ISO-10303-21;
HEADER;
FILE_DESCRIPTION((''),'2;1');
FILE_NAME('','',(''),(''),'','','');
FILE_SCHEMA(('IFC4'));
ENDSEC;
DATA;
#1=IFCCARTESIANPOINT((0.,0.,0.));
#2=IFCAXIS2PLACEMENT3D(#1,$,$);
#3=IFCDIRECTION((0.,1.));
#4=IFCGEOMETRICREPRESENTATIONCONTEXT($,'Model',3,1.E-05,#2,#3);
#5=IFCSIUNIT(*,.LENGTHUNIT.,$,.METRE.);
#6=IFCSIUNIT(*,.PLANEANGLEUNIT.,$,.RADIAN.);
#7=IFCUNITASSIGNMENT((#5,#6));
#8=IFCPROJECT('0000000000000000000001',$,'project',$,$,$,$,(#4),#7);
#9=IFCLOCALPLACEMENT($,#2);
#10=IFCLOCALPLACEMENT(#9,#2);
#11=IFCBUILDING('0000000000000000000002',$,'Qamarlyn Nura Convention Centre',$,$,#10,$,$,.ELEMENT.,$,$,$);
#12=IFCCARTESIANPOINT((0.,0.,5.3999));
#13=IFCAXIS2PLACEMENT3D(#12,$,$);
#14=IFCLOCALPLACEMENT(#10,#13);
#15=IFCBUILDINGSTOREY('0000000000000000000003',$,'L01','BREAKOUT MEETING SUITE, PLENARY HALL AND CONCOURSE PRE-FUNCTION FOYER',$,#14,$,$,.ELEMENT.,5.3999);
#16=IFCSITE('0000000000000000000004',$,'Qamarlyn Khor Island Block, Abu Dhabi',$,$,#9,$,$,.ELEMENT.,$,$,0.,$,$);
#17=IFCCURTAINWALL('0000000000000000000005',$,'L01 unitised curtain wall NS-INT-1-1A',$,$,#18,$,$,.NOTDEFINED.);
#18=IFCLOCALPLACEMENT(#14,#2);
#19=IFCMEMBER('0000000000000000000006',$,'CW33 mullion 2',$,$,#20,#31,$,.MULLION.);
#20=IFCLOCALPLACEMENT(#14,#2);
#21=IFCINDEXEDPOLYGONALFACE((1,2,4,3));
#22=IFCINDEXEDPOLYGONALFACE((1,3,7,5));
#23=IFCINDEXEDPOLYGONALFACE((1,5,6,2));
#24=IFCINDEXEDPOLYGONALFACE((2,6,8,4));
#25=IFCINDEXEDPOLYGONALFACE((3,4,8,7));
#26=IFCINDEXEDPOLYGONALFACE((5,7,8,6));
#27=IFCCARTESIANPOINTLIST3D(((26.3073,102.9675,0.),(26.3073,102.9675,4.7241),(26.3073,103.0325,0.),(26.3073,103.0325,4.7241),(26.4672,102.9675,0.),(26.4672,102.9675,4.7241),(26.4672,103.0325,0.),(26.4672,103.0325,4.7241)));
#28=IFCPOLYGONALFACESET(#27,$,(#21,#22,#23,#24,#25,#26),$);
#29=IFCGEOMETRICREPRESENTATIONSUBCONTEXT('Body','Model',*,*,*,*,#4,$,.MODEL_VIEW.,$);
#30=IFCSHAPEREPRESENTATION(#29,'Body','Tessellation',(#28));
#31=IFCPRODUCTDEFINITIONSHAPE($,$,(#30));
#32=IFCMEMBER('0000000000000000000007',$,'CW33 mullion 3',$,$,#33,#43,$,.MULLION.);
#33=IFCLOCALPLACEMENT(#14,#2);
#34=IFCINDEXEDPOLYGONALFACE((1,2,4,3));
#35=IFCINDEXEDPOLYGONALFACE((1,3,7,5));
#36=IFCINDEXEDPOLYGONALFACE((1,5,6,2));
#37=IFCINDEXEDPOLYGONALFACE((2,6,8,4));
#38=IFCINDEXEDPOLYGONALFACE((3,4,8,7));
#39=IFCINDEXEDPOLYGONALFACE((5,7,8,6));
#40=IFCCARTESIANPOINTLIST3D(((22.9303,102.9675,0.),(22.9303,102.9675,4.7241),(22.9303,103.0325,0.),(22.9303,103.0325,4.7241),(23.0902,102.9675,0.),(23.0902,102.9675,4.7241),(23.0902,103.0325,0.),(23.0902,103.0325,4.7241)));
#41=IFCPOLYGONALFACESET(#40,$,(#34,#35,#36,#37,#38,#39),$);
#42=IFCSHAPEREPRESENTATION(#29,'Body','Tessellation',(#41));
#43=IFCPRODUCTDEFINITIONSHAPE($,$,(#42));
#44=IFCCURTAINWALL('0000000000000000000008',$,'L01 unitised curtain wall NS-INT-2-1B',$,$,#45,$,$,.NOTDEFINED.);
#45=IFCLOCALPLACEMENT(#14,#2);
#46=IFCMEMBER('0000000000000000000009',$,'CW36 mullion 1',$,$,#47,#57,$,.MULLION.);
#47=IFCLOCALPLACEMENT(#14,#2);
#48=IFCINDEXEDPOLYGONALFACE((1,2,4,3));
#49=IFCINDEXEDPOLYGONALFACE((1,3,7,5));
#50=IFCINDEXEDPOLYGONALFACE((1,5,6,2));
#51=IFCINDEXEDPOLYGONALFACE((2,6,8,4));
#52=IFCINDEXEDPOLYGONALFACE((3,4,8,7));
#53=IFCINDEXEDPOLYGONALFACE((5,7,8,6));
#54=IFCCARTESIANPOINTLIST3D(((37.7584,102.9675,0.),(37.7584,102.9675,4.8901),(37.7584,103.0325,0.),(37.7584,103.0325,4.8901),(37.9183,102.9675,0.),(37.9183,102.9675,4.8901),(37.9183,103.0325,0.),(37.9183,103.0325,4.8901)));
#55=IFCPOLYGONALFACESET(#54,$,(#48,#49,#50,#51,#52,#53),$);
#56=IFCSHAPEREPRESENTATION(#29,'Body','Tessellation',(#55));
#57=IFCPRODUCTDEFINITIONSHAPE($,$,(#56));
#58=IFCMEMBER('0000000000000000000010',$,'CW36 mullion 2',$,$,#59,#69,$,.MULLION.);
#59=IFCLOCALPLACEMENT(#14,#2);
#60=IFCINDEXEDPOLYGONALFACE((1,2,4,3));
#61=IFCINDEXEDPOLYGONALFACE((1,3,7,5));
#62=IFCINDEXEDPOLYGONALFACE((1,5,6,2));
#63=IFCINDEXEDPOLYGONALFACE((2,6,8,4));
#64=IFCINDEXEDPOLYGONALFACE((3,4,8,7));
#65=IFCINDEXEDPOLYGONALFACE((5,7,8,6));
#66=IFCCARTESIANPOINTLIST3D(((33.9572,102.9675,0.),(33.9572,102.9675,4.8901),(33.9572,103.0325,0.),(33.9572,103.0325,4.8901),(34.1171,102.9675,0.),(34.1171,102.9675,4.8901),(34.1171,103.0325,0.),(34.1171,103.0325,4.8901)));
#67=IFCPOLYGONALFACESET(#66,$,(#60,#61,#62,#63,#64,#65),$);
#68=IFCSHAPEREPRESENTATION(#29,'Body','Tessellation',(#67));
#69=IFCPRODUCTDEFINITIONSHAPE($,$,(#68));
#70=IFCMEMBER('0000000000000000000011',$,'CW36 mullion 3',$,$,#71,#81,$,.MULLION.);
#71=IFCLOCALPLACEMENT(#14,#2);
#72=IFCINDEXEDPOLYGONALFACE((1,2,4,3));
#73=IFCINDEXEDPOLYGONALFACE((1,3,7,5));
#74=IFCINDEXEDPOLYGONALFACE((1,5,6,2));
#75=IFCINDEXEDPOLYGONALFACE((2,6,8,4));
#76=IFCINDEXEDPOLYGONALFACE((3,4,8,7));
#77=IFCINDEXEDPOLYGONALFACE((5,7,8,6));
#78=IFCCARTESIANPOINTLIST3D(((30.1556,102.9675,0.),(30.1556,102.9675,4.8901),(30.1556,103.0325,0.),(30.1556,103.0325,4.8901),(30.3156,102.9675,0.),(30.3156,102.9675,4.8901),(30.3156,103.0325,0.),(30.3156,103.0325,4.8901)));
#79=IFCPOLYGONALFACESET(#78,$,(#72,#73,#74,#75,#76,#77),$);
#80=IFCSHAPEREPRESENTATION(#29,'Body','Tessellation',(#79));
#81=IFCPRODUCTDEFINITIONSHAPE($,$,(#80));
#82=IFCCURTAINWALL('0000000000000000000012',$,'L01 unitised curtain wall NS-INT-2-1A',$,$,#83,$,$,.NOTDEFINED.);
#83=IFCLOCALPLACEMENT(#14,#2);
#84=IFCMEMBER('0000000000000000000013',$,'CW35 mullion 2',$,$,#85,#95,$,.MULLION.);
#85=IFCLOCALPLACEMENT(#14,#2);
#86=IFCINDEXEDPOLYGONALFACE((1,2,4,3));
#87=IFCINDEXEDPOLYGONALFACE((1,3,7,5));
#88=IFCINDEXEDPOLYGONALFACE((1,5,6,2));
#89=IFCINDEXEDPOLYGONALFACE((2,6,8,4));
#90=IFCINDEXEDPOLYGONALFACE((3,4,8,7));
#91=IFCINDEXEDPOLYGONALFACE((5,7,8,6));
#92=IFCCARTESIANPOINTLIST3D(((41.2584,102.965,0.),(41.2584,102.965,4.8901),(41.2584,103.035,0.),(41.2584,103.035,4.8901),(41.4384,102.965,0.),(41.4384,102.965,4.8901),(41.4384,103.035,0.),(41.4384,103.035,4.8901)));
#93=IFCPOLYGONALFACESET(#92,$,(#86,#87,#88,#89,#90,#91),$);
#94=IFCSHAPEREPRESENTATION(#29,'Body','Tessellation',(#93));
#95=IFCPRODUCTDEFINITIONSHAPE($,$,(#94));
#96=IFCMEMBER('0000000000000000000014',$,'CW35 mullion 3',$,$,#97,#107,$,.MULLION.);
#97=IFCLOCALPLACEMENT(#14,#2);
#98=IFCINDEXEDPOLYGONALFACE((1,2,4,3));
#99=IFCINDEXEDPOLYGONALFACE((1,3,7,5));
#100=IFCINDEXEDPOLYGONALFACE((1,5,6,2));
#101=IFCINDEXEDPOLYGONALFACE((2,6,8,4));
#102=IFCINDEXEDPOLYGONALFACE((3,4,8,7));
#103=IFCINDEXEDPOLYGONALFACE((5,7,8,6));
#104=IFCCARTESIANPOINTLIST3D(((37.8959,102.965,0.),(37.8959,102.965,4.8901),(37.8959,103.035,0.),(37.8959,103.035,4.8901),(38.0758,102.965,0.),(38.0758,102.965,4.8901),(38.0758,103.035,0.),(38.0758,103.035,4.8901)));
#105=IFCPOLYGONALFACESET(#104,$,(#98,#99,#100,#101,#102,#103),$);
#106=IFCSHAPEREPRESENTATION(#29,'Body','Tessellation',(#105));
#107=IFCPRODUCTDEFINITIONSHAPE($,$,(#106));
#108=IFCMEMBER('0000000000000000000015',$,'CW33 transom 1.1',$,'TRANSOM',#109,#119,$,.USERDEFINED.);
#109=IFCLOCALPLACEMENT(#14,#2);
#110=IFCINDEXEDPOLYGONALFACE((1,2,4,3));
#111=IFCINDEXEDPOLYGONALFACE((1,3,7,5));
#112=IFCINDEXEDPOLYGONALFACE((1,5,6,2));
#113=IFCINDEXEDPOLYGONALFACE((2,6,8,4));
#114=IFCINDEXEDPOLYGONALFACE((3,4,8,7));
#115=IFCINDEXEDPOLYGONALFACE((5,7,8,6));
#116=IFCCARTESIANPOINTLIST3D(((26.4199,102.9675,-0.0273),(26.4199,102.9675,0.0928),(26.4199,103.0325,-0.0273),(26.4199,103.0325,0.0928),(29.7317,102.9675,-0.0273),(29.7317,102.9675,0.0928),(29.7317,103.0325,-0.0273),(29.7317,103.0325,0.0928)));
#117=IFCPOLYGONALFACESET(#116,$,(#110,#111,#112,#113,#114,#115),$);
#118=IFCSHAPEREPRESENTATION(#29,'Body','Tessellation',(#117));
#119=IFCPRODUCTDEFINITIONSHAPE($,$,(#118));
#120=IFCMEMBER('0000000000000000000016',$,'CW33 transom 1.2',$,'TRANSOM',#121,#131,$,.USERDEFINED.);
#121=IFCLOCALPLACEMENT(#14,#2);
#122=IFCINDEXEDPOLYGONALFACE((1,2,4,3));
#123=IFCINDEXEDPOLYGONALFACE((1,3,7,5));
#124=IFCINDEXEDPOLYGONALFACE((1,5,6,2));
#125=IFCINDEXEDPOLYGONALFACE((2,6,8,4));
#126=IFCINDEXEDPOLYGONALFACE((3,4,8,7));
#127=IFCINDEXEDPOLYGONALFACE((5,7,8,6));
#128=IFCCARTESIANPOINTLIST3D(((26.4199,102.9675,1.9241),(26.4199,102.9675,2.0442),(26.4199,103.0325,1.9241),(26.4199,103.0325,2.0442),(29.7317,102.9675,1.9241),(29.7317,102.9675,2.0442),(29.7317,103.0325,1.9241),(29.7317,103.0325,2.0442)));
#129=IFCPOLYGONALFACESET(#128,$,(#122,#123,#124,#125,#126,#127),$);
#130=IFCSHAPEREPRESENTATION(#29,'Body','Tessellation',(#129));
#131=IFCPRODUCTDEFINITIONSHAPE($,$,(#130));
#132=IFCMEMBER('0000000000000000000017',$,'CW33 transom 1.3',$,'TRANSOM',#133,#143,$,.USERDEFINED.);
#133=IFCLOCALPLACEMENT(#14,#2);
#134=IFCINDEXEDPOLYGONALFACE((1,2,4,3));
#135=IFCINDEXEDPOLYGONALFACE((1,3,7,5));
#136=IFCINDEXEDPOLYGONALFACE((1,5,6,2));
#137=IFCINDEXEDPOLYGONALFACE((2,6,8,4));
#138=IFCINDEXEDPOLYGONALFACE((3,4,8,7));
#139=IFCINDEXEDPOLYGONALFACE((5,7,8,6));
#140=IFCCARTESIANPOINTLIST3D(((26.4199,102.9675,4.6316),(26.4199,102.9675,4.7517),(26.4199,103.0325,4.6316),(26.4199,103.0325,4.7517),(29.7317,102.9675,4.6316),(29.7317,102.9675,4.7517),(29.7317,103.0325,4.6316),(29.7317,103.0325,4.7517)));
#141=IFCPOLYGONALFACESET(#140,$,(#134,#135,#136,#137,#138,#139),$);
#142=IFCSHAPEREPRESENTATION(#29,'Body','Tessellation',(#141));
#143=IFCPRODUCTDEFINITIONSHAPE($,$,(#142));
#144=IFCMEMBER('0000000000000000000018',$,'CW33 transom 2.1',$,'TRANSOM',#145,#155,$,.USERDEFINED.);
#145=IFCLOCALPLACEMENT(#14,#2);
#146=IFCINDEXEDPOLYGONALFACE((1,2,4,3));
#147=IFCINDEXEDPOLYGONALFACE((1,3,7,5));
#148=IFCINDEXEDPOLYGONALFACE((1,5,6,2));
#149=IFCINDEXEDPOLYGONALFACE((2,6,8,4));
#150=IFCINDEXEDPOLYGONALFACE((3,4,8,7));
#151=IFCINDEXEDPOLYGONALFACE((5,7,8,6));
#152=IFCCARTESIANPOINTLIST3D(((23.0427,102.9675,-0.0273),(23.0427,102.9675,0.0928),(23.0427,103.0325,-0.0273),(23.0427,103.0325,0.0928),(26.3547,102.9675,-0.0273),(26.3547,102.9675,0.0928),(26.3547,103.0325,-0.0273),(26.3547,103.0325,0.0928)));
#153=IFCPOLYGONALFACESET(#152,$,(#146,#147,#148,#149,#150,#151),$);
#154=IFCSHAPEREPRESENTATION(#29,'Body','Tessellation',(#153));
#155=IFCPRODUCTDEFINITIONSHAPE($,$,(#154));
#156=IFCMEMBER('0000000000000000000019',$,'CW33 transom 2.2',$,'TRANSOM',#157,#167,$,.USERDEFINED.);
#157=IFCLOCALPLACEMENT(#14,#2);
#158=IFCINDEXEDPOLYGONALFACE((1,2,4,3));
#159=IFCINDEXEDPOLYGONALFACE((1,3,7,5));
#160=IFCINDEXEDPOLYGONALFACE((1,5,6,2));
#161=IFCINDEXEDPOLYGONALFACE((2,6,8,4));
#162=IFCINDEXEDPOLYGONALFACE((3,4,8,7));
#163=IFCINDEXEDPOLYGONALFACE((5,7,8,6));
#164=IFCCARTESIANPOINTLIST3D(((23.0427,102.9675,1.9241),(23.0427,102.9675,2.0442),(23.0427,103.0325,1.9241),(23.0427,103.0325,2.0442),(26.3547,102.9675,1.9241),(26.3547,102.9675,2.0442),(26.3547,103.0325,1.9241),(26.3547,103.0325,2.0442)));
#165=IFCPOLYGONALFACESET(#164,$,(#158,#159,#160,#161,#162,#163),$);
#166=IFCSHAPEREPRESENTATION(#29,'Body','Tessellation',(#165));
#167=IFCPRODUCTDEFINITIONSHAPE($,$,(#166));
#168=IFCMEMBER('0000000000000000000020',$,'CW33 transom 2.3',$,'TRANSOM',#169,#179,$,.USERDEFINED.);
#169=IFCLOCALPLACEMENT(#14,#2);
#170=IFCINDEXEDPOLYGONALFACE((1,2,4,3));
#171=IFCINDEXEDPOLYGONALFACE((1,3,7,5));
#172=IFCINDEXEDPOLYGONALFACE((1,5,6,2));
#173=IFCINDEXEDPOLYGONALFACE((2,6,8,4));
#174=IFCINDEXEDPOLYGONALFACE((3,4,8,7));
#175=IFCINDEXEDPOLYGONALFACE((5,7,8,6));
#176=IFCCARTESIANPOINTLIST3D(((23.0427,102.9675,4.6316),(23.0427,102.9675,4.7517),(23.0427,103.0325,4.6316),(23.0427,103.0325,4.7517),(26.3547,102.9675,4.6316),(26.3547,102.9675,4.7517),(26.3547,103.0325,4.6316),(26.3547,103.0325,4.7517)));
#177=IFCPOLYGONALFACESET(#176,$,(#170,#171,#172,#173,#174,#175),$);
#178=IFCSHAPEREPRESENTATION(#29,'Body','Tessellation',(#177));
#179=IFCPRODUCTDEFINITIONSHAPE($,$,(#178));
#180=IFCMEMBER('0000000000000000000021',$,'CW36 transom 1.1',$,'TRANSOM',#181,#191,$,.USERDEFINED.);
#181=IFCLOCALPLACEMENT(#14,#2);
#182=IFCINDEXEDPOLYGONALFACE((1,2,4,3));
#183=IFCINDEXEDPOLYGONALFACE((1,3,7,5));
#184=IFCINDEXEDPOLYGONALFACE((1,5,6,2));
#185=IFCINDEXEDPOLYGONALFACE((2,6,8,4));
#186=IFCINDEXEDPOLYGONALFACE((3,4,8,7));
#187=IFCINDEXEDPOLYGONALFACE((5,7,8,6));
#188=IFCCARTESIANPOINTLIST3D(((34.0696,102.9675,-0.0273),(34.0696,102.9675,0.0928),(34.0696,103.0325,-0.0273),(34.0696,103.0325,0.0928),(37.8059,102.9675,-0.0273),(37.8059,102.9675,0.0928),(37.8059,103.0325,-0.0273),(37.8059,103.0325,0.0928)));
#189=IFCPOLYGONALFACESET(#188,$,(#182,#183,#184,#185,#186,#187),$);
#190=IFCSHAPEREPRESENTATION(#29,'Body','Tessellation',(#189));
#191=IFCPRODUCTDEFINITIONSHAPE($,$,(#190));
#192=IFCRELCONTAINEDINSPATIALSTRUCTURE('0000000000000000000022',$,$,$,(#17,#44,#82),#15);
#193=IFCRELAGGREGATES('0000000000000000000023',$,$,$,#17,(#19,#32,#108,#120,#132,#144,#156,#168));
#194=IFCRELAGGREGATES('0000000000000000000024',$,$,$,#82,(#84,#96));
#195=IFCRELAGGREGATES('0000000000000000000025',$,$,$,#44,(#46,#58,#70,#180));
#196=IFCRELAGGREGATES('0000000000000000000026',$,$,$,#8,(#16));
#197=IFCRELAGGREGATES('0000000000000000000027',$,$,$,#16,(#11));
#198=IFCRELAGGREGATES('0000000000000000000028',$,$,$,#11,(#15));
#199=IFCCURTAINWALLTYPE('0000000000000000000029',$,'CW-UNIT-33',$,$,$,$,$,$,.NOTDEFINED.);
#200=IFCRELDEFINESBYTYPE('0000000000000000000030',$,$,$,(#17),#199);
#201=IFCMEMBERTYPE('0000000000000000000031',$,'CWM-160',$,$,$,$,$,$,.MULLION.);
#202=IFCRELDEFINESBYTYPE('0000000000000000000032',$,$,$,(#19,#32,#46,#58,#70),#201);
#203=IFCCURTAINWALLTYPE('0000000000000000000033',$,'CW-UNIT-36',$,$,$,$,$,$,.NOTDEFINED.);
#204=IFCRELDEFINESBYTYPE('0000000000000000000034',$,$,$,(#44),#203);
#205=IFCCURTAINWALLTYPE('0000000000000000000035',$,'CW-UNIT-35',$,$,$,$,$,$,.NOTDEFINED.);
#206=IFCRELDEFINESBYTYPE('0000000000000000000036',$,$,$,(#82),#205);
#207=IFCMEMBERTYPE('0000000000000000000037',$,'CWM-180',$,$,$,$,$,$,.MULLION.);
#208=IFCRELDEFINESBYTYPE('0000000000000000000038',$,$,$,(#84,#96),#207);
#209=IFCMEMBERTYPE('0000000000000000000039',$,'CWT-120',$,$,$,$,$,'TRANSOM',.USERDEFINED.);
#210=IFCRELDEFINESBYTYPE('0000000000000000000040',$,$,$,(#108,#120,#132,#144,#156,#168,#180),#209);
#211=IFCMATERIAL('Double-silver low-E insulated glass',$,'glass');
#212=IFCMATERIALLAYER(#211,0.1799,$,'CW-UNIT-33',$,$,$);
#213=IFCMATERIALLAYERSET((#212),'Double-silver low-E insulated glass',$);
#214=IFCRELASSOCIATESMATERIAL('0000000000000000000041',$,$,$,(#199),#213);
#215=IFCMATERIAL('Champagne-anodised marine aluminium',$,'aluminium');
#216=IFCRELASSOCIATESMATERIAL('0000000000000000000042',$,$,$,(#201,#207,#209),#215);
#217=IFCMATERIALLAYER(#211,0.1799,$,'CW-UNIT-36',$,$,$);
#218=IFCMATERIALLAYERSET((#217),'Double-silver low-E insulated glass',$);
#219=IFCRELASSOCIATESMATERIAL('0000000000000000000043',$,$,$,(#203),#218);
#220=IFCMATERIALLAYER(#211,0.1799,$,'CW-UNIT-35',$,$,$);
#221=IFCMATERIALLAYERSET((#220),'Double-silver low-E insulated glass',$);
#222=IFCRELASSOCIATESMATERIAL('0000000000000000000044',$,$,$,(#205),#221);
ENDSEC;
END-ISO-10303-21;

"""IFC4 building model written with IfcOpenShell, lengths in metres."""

from ifc_helpers import new_model, si_unit, direction, frame, origin, origin_2d, place, context, subcontext, project, spatial, rectangle, extrude, material, layer, layer_set, material_profile, profile_set, type_object, element, aggregate, save


model = new_model("IFC4")

# Units and contexts
model_context = context("Model", 3, precision=1e-05, world=origin(), true_north=direction((0.0, 1.0)))
body_context = subcontext(model_context, "Body", "Model", "MODEL_VIEW")
ifc_project = project(units=[si_unit("LENGTHUNIT", "METRE"), si_unit("PLANEANGLEUNIT", "RADIAN")], contexts=[model_context])

# Site, building, storey
site_placement = place(None, origin())
site = spatial("IfcSite", under=ifc_project, at=site_placement, Name="Qamarlyn Khor Island Block, Abu Dhabi", CompositionType="ELEMENT", RefElevation=0.0)
building_placement = place(site_placement, origin())
building = spatial("IfcBuilding", under=site, at=building_placement, Name="Qamarlyn Nura Convention Centre", CompositionType="ELEMENT")
storey_placement = place(building_placement, frame((0.0, 0.0, 5.3999)))
storey = spatial("IfcBuildingStorey", under=building, at=storey_placement, Name="L01", Description="BREAKOUT MEETING SUITE, PLENARY HALL AND CONCOURSE PRE-FUNCTION FOYER", CompositionType="ELEMENT", Elevation=5.3999)

# Shared definitions
ifc_material_1 = material(Name="Double-silver low-E insulated glass", Category="glass")
ifc_material_2 = material(Name="Champagne-anodised marine aluminium", Category="aluminium")

# Curtain walls, members
ifc_layer_1 = layer(ifc_material_1, 0.1799, Name="CW-UNIT-33")
ifc_layer_set_1 = layer_set([ifc_layer_1], Name="Double-silver low-E insulated glass")
curtain_wall_type_1 = type_object("IfcCurtainWallType", Name="CW-UNIT-33", PredefinedType="NOTDEFINED", material=ifc_layer_set_1)
curtain_wall_1_placement = place(storey_placement, origin())
curtain_wall_1 = element("IfcCurtainWall", 1, at=curtain_wall_1_placement, inside=storey, type_object=curtain_wall_type_1, Name="L01 unitised curtain wall NS-INT-1-1A", PredefinedType="NOTDEFINED")
ifc_material_profile_1 = material_profile(ifc_material_2, rectangle(XDim=0.0649, YDim=0.1599, at=origin_2d()), Name="ALU MULLION 65x160")
ifc_profile_set_1 = profile_set([ifc_material_profile_1], Name="Champagne-anodised marine aluminium")
member_type_1 = type_object("IfcMemberType", Name="CWM-160", PredefinedType="MULLION", material=ifc_profile_set_1)
member_1_placement = place(storey_placement, frame((26.3872, 103.0, 0.0), z_axis=(0.0, 0.0, 1.0), x_axis=(0.0, -1.0, 0.0)))
member_1 = element("IfcMember", 2, at=member_1_placement, type_object=member_type_1, Name="CW33 mullion 2", PredefinedType="MULLION", context=body_context, shape_type="SweptSolid", body=[
    extrude(rectangle(XDim=0.0649, YDim=0.1599, at=origin_2d()), origin(), (0.0, 0.0, 1.0), 4.7241),
])
member_2_placement = place(storey_placement, frame((23.0103, 103.0, 0.0), z_axis=(0.0, 0.0, 1.0), x_axis=(0.0, -1.0, 0.0)))
member_2 = element("IfcMember", 3, at=member_2_placement, type_object=member_type_1, Name="CW33 mullion 3", PredefinedType="MULLION", context=body_context, shape_type="SweptSolid", body=[
    extrude(rectangle(XDim=0.0649, YDim=0.1599, at=origin_2d()), origin(), (0.0, 0.0, 1.0), 4.7241),
])
ifc_layer_2 = layer(ifc_material_1, 0.1799, Name="CW-UNIT-36")
ifc_layer_set_2 = layer_set([ifc_layer_2], Name="Double-silver low-E insulated glass")
curtain_wall_type_2 = type_object("IfcCurtainWallType", Name="CW-UNIT-36", PredefinedType="NOTDEFINED", material=ifc_layer_set_2)
curtain_wall_2_placement = place(storey_placement, origin())
curtain_wall_2 = element("IfcCurtainWall", 4, at=curtain_wall_2_placement, inside=storey, type_object=curtain_wall_type_2, Name="L01 unitised curtain wall NS-INT-2-1B", PredefinedType="NOTDEFINED")
member_3_placement = place(storey_placement, frame((37.8384, 103.0, 0.0), z_axis=(0.0, 0.0, 1.0), x_axis=(0.0, -1.0, 0.0)))
member_3 = element("IfcMember", 5, at=member_3_placement, type_object=member_type_1, Name="CW36 mullion 1", PredefinedType="MULLION", context=body_context, shape_type="SweptSolid", body=[
    extrude(rectangle(XDim=0.0649, YDim=0.1599, at=origin_2d()), origin(), (0.0, 0.0, 1.0), 4.8901),
])
member_4_placement = place(storey_placement, frame((34.0371, 103.0, 0.0), z_axis=(0.0, 0.0, 1.0), x_axis=(0.0, -1.0, 0.0)))
member_4 = element("IfcMember", 6, at=member_4_placement, type_object=member_type_1, Name="CW36 mullion 2", PredefinedType="MULLION", context=body_context, shape_type="SweptSolid", body=[
    extrude(rectangle(XDim=0.0649, YDim=0.1599, at=origin_2d()), origin(), (0.0, 0.0, 1.0), 4.8901),
])
member_5_placement = place(storey_placement, frame((30.2356, 103.0, 0.0), z_axis=(0.0, 0.0, 1.0), x_axis=(0.0, -1.0, 0.0)))
member_5 = element("IfcMember", 7, at=member_5_placement, type_object=member_type_1, Name="CW36 mullion 3", PredefinedType="MULLION", context=body_context, shape_type="SweptSolid", body=[
    extrude(rectangle(XDim=0.0649, YDim=0.1599, at=origin_2d()), origin(), (0.0, 0.0, 1.0), 4.8901),
])
ifc_layer_3 = layer(ifc_material_1, 0.1799, Name="CW-UNIT-35")
ifc_layer_set_3 = layer_set([ifc_layer_3], Name="Double-silver low-E insulated glass")
curtain_wall_type_3 = type_object("IfcCurtainWallType", Name="CW-UNIT-35", PredefinedType="NOTDEFINED", material=ifc_layer_set_3)
curtain_wall_3_placement = place(storey_placement, origin())
curtain_wall_3 = element("IfcCurtainWall", 8, at=curtain_wall_3_placement, inside=storey, type_object=curtain_wall_type_3, Name="L01 unitised curtain wall NS-INT-2-1A", PredefinedType="NOTDEFINED")
ifc_material_profile_2 = material_profile(ifc_material_2, rectangle(XDim=0.0701, YDim=0.1799, at=origin_2d()), Name="ALU MULLION 70x180")
ifc_profile_set_2 = profile_set([ifc_material_profile_2], Name="Champagne-anodised marine aluminium")
member_type_2 = type_object("IfcMemberType", Name="CWM-180", PredefinedType="MULLION", material=ifc_profile_set_2)
member_6_placement = place(storey_placement, frame((41.3484, 103.0, 0.0), z_axis=(0.0, 0.0, 1.0), x_axis=(0.0, -1.0, 0.0)))
member_6 = element("IfcMember", 9, at=member_6_placement, type_object=member_type_2, Name="CW35 mullion 2", PredefinedType="MULLION", context=body_context, shape_type="SweptSolid", body=[
    extrude(rectangle(XDim=0.0701, YDim=0.1799, at=origin_2d()), origin(), (0.0, 0.0, 1.0), 4.8901),
])
member_7_placement = place(storey_placement, frame((37.9858, 103.0, 0.0), z_axis=(0.0, 0.0, 1.0), x_axis=(0.0, -1.0, 0.0)))
member_7 = element("IfcMember", 10, at=member_7_placement, type_object=member_type_2, Name="CW35 mullion 3", PredefinedType="MULLION", context=body_context, shape_type="SweptSolid", body=[
    extrude(rectangle(XDim=0.0701, YDim=0.1799, at=origin_2d()), origin(), (0.0, 0.0, 1.0), 4.8901),
])

# Members
ifc_material_profile_3 = material_profile(ifc_material_2, rectangle(XDim=0.0649, YDim=0.1201, at=origin_2d()), Name="ALU TRANSOM 65x120")
ifc_profile_set_3 = profile_set([ifc_material_profile_3], Name="Champagne-anodised marine aluminium")
member_type_3 = type_object("IfcMemberType", Name="CWT-120", ElementType="TRANSOM", PredefinedType="USERDEFINED", material=ifc_profile_set_3)
member_8_placement = place(storey_placement, frame((29.7317, 103.0, 0.0327), z_axis=(-1.0, 0.0, 0.0), x_axis=(0.0, -1.0, 0.0)))
member_8 = element("IfcMember", 11, at=member_8_placement, type_object=member_type_3, Name="CW33 transom 1.1", ObjectType="TRANSOM", PredefinedType="USERDEFINED", context=body_context, shape_type="SweptSolid", body=[
    extrude(rectangle(XDim=0.0649, YDim=0.1201, at=origin_2d()), origin(), (0.0, 0.0, 1.0), 3.3118),
])
member_9_placement = place(storey_placement, frame((29.7317, 103.0, 1.9841), z_axis=(-1.0, 0.0, 0.0), x_axis=(0.0, -1.0, 0.0)))
member_9 = element("IfcMember", 12, at=member_9_placement, type_object=member_type_3, Name="CW33 transom 1.2", ObjectType="TRANSOM", PredefinedType="USERDEFINED", context=body_context, shape_type="SweptSolid", body=[
    extrude(rectangle(XDim=0.0649, YDim=0.1201, at=origin_2d()), origin(), (0.0, 0.0, 1.0), 3.3118),
])
member_10_placement = place(storey_placement, frame((29.7317, 103.0, 4.6917), z_axis=(-1.0, 0.0, 0.0), x_axis=(0.0, -1.0, 0.0)))
member_10 = element("IfcMember", 13, at=member_10_placement, type_object=member_type_3, Name="CW33 transom 1.3", ObjectType="TRANSOM", PredefinedType="USERDEFINED", context=body_context, shape_type="SweptSolid", body=[
    extrude(rectangle(XDim=0.0649, YDim=0.1201, at=origin_2d()), origin(), (0.0, 0.0, 1.0), 3.3118),
])
member_11_placement = place(storey_placement, frame((26.3547, 103.0, 0.0327), z_axis=(-1.0, 0.0, 0.0), x_axis=(0.0, -1.0, 0.0)))
member_11 = element("IfcMember", 14, at=member_11_placement, type_object=member_type_3, Name="CW33 transom 2.1", ObjectType="TRANSOM", PredefinedType="USERDEFINED", context=body_context, shape_type="SweptSolid", body=[
    extrude(rectangle(XDim=0.0649, YDim=0.1201, at=origin_2d()), origin(), (0.0, 0.0, 1.0), 3.312),
])
member_12_placement = place(storey_placement, frame((26.3547, 103.0, 1.9841), z_axis=(-1.0, 0.0, 0.0), x_axis=(0.0, -1.0, 0.0)))
member_12 = element("IfcMember", 15, at=member_12_placement, type_object=member_type_3, Name="CW33 transom 2.2", ObjectType="TRANSOM", PredefinedType="USERDEFINED", context=body_context, shape_type="SweptSolid", body=[
    extrude(rectangle(XDim=0.0649, YDim=0.1201, at=origin_2d()), origin(), (0.0, 0.0, 1.0), 3.312),
])
member_13_placement = place(storey_placement, frame((26.3547, 103.0, 4.6917), z_axis=(-1.0, 0.0, 0.0), x_axis=(0.0, -1.0, 0.0)))
member_13 = element("IfcMember", 16, at=member_13_placement, type_object=member_type_3, Name="CW33 transom 2.3", ObjectType="TRANSOM", PredefinedType="USERDEFINED", context=body_context, shape_type="SweptSolid", body=[
    extrude(rectangle(XDim=0.0649, YDim=0.1201, at=origin_2d()), origin(), (0.0, 0.0, 1.0), 3.312),
])
member_14_placement = place(storey_placement, frame((37.8059, 103.0, 0.0327), z_axis=(-1.0, 0.0, 0.0), x_axis=(0.0, -1.0, 0.0)))
member_14 = element("IfcMember", 17, at=member_14_placement, type_object=member_type_3, Name="CW36 transom 1.1", ObjectType="TRANSOM", PredefinedType="USERDEFINED", context=body_context, shape_type="SweptSolid", body=[
    extrude(rectangle(XDim=0.0649, YDim=0.1201, at=origin_2d()), origin(), (0.0, 0.0, 1.0), 3.7363),
])

aggregate(curtain_wall_1, [member_1, member_2, member_8, member_9, member_10, member_11, member_12, member_13])
aggregate(curtain_wall_3, [member_6, member_7])
aggregate(curtain_wall_2, [member_3, member_4, member_5, member_14])

save(model, "model.ifc")
